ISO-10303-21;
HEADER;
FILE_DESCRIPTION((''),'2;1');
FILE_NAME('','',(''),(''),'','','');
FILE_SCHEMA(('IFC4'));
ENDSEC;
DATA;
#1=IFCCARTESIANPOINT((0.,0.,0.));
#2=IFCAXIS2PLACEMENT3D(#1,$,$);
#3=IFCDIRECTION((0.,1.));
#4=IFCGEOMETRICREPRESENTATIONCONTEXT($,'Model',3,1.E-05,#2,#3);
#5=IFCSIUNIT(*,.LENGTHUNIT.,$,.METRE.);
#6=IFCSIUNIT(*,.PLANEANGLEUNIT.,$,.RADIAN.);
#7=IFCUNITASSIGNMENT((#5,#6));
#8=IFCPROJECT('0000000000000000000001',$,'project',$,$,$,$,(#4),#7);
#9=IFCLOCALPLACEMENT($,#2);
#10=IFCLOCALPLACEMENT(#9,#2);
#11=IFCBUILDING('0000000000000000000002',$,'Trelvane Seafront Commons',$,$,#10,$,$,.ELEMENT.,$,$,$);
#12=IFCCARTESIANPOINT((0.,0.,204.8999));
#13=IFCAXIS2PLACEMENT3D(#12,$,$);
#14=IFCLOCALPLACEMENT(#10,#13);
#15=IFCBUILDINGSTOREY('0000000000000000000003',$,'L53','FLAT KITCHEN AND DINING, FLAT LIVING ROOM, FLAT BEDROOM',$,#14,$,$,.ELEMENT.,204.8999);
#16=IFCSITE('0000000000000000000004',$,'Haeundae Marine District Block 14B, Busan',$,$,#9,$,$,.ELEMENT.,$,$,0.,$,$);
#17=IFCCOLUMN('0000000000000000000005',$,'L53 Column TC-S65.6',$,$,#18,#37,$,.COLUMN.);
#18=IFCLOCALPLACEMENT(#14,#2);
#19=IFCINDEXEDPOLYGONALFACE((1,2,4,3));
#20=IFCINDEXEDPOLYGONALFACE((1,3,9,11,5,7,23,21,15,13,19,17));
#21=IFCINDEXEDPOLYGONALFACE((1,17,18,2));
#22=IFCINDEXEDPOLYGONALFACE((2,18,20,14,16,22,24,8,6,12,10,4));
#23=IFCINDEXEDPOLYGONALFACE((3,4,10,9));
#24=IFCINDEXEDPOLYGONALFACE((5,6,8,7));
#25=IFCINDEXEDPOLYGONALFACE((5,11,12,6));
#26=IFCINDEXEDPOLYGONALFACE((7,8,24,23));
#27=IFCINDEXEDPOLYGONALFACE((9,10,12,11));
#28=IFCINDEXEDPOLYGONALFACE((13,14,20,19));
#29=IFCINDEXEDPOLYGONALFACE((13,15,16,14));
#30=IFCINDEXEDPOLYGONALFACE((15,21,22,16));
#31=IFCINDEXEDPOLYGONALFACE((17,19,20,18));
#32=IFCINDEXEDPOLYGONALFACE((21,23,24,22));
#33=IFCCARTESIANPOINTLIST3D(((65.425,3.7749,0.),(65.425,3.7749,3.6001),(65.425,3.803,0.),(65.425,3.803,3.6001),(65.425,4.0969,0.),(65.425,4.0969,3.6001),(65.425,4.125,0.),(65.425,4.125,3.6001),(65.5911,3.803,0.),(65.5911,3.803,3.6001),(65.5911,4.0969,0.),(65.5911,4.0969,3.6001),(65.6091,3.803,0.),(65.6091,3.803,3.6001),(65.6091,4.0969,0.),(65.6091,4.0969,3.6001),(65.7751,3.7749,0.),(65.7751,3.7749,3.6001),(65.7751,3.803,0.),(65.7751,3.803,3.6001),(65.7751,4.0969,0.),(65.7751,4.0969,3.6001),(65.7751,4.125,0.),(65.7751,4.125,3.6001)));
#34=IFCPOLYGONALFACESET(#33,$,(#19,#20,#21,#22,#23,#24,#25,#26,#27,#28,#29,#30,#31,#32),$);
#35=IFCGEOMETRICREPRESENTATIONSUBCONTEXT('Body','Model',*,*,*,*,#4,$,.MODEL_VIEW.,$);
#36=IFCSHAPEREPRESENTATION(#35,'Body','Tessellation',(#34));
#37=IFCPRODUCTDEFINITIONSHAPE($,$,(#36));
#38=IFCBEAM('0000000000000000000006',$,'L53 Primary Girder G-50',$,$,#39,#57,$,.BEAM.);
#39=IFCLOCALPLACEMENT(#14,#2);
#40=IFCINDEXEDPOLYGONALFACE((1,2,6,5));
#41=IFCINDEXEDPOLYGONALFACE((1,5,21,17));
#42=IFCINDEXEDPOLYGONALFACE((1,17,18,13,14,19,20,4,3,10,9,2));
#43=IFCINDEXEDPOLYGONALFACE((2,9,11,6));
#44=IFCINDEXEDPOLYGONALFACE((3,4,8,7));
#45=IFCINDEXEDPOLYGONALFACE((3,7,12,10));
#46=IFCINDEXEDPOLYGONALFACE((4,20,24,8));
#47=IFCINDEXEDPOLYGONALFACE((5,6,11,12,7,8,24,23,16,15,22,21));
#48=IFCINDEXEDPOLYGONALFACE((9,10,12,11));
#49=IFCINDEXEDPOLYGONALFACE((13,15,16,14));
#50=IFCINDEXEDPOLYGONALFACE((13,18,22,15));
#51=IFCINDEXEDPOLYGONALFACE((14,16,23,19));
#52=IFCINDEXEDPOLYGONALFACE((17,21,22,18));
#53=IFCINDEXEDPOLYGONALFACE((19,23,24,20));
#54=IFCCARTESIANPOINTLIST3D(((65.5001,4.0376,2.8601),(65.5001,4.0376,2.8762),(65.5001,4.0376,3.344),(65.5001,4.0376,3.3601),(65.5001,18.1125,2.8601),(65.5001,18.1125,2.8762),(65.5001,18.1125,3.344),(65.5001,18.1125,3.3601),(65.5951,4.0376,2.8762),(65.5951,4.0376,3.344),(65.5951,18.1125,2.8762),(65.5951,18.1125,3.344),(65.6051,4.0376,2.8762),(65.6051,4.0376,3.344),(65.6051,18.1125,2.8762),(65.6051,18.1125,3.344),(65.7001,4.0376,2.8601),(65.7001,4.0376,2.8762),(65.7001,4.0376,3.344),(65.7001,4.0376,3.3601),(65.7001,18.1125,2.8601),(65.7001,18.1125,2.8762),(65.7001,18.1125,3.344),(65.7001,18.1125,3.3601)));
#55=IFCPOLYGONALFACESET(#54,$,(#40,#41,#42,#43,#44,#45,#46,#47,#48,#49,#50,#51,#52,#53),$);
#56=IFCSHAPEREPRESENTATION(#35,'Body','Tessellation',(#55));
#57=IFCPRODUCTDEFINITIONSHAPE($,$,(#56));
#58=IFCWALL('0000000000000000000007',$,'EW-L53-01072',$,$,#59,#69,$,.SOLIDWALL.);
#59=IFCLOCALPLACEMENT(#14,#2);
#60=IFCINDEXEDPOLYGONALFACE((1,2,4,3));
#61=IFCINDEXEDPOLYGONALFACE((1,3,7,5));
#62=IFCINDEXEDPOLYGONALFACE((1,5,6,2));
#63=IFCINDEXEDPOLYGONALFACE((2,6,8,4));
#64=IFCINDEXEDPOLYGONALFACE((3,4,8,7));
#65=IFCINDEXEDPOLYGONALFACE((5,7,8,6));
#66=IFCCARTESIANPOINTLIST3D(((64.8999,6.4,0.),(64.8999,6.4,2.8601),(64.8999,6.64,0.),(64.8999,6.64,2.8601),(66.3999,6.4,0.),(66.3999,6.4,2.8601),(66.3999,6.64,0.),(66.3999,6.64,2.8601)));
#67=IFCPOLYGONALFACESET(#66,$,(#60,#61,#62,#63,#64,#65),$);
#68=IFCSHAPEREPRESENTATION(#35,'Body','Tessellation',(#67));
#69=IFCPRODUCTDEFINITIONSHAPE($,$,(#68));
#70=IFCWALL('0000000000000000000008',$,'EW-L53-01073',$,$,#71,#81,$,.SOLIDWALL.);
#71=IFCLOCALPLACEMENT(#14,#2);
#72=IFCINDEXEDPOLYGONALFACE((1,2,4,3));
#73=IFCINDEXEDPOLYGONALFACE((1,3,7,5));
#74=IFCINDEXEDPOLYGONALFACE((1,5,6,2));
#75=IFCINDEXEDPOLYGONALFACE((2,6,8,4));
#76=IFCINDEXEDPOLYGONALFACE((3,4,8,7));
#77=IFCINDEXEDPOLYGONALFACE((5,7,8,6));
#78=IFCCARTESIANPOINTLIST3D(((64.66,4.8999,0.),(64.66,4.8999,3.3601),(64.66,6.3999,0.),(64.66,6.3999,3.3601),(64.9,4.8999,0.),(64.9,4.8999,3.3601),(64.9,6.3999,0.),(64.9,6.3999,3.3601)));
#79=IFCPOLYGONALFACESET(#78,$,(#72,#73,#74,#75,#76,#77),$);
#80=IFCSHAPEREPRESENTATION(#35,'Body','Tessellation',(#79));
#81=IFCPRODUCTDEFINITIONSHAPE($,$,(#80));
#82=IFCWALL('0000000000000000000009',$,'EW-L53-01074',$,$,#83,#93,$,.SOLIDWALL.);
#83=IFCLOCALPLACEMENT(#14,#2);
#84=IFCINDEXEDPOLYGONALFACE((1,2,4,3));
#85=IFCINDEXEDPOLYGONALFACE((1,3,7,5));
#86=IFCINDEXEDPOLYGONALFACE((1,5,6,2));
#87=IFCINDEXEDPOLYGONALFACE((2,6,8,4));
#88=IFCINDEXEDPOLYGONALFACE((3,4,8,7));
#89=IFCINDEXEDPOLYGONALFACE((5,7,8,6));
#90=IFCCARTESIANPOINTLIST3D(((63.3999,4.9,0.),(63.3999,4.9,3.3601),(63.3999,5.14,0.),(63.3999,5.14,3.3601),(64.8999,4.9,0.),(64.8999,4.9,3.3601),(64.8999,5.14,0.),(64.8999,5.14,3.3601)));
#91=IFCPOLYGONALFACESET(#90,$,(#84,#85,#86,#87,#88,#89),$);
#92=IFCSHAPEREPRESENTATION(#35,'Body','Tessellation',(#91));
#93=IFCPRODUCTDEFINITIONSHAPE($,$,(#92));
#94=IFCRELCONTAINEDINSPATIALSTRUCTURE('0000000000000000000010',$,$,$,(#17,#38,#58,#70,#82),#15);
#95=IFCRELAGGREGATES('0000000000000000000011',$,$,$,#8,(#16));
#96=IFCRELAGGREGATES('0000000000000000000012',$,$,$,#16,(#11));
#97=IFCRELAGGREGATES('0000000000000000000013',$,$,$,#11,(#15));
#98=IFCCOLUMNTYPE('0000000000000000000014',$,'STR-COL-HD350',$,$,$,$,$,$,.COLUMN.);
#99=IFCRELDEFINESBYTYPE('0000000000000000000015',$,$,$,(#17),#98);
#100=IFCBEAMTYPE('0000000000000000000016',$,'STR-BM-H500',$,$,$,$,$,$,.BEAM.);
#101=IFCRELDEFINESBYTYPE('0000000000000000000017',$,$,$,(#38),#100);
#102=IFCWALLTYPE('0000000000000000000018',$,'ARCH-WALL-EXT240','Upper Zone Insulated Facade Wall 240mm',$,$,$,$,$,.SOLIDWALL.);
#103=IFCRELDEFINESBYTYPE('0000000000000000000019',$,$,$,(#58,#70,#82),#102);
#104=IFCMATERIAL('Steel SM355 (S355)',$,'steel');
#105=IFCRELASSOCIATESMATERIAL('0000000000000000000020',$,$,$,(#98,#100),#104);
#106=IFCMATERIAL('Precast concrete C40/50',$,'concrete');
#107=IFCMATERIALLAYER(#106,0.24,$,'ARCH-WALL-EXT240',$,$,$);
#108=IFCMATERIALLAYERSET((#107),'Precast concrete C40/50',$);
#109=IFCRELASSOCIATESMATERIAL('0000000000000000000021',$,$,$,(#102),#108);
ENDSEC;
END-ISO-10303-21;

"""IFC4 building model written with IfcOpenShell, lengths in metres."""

from ifc_helpers import new_model, si_unit, direction, frame, frame_2d, origin, origin_2d, place, context, subcontext, project, spatial, rectangle, i_section, extrude, source, transform, mapped, material, layer, layer_set, material_profile, profile_set, type_object, element, save


model = new_model("IFC4")

# Units and contexts
model_context = context("Model", 3, precision=1e-05, world=origin(), true_north=direction((0.0, 1.0)))
body_context = subcontext(model_context, "Body", "Model", "MODEL_VIEW")
ifc_project = project(units=[si_unit("LENGTHUNIT", "METRE"), si_unit("PLANEANGLEUNIT", "RADIAN")], contexts=[model_context])

# Site, building, storey
site_placement = place(None, origin())
site = spatial("IfcSite", under=ifc_project, at=site_placement, Name="Haeundae Marine District Block 14B, Busan", CompositionType="ELEMENT", RefElevation=0.0)
building_placement = place(site_placement, origin())
building = spatial("IfcBuilding", under=site, at=building_placement, Name="Trelvane Seafront Commons", CompositionType="ELEMENT")
storey_placement = place(building_placement, frame((0.0, 0.0, 204.8999)))
storey = spatial("IfcBuildingStorey", under=building, at=storey_placement, Name="L53", Description="FLAT KITCHEN AND DINING, FLAT LIVING ROOM, FLAT BEDROOM", CompositionType="ELEMENT", Elevation=204.8999)

# Column
ifc_material_1 = material(Name="Steel SM355 (S355)", Category="steel")
ifc_material_profile_1 = material_profile(ifc_material_1, i_section(OverallWidth=0.3501, OverallDepth=0.3501, WebThickness=0.0181, FlangeThickness=0.0281, at=origin_2d()), Name="HD-350x350x18x28")
ifc_profile_set_1 = profile_set([ifc_material_profile_1], Name="Steel SM355 (S355)")
column_type = type_object("IfcColumnType", Name="STR-COL-HD350", PredefinedType="COLUMN", material=ifc_profile_set_1)
shared_shape_1 = source(origin(), body_context, "Body", "SweptSolid", [
    extrude(i_section(OverallWidth=0.3501, OverallDepth=0.3501, WebThickness=0.0181, FlangeThickness=0.0281, at=origin_2d()), origin(), (0.0, 0.0, 1.0), 3.6001),
])
column_placement = place(storey_placement, frame((65.6001, 3.95, 0.0), z_axis=(0.0, 0.0, 1.0), x_axis=(1.0, 0.0, 0.0)))
element("IfcColumn", 1, at=column_placement, inside=storey, type_object=column_type, Name="L53 Column TC-S65.6", PredefinedType="COLUMN", context=body_context, shape_type="MappedRepresentation", body=[
    mapped(shared_shape_1, transform((0.0, 0.0, 0.0), x_axis=(1.0, 0.0, 0.0), y_axis=(0.0, 1.0, 0.0), z_axis=(0.0, 0.0, 1.0), scale=1.0)),
])

# Beam
ifc_material_profile_2 = material_profile(ifc_material_1, i_section(OverallWidth=0.2, OverallDepth=0.5, WebThickness=0.01, FlangeThickness=0.0161, at=origin_2d()), Name="H-500x200x10x16")
ifc_profile_set_2 = profile_set([ifc_material_profile_2], Name="Steel SM355 (S355)")
beam_type = type_object("IfcBeamType", Name="STR-BM-H500", PredefinedType="BEAM", material=ifc_profile_set_2)
shared_shape_2 = source(origin(), body_context, "Body", "SweptSolid", [
    extrude(i_section(OverallWidth=0.2, OverallDepth=0.5, WebThickness=0.01, FlangeThickness=0.0161, at=origin_2d()), origin(), (0.0, 0.0, 1.0), 14.075),
])
beam_placement = place(storey_placement, frame((65.6001, 4.0376, 3.1101), z_axis=(0.0, 1.0, 0.0), x_axis=(-1.0, 0.0, 0.0)))
element("IfcBeam", 2, at=beam_placement, inside=storey, type_object=beam_type, Name="L53 Primary Girder G-50", PredefinedType="BEAM", context=body_context, shape_type="MappedRepresentation", body=[
    mapped(shared_shape_2, transform((0.0, 0.0, 0.0), x_axis=(1.0, 0.0, 0.0), y_axis=(0.0, 1.0, 0.0), z_axis=(0.0, 0.0, 1.0), scale=1.0)),
])

# Walls
ifc_material_2 = material(Name="Precast concrete C40/50", Category="concrete")
ifc_layer = layer(ifc_material_2, 0.24, Name="ARCH-WALL-EXT240")
ifc_layer_set = layer_set([ifc_layer], Name="Precast concrete C40/50")
wall_type = type_object("IfcWallType", Name="ARCH-WALL-EXT240", Description="Upper Zone Insulated Facade Wall 240mm", PredefinedType="SOLIDWALL", material=ifc_layer_set)
wall_1_placement = place(storey_placement, frame((66.3999, 6.52, 0.0), z_axis=(0.0, 0.0, 1.0), x_axis=(-1.0, 0.0, 0.0)))
element("IfcWall", 3, at=wall_1_placement, inside=storey, type_object=wall_type, Name="EW-L53-01072", PredefinedType="SOLIDWALL", context=body_context, shape_type="SweptSolid", body=[
    extrude(rectangle(XDim=1.5, YDim=0.24, at=frame_2d((0.75, 0.0))), origin(), (0.0, 0.0, 1.0), 2.8601),
])
for number, where, z_axis, x_axis, name in (
    (4, (64.78, 6.3999, 0.0), (0.0, 0.0, 1.0), (0.0, -1.0, 0.0), "EW-L53-01073"),
    (5, (64.8999, 5.02, 0.0), (0.0, 0.0, 1.0), (-1.0, 0.0, 0.0), "EW-L53-01074"),
):
    element("IfcWall", number, at=place(storey_placement, frame(where, z_axis=z_axis, x_axis=x_axis)), inside=storey, type_object=wall_type, Name=name, PredefinedType="SOLIDWALL", context=body_context, shape_type="SweptSolid", body=[
        extrude(rectangle(XDim=1.5, YDim=0.24, at=frame_2d((0.75, 0.0))), origin(), (0.0, 0.0, 1.0), 3.3601),
    ])

save(model, "model.ifc")
